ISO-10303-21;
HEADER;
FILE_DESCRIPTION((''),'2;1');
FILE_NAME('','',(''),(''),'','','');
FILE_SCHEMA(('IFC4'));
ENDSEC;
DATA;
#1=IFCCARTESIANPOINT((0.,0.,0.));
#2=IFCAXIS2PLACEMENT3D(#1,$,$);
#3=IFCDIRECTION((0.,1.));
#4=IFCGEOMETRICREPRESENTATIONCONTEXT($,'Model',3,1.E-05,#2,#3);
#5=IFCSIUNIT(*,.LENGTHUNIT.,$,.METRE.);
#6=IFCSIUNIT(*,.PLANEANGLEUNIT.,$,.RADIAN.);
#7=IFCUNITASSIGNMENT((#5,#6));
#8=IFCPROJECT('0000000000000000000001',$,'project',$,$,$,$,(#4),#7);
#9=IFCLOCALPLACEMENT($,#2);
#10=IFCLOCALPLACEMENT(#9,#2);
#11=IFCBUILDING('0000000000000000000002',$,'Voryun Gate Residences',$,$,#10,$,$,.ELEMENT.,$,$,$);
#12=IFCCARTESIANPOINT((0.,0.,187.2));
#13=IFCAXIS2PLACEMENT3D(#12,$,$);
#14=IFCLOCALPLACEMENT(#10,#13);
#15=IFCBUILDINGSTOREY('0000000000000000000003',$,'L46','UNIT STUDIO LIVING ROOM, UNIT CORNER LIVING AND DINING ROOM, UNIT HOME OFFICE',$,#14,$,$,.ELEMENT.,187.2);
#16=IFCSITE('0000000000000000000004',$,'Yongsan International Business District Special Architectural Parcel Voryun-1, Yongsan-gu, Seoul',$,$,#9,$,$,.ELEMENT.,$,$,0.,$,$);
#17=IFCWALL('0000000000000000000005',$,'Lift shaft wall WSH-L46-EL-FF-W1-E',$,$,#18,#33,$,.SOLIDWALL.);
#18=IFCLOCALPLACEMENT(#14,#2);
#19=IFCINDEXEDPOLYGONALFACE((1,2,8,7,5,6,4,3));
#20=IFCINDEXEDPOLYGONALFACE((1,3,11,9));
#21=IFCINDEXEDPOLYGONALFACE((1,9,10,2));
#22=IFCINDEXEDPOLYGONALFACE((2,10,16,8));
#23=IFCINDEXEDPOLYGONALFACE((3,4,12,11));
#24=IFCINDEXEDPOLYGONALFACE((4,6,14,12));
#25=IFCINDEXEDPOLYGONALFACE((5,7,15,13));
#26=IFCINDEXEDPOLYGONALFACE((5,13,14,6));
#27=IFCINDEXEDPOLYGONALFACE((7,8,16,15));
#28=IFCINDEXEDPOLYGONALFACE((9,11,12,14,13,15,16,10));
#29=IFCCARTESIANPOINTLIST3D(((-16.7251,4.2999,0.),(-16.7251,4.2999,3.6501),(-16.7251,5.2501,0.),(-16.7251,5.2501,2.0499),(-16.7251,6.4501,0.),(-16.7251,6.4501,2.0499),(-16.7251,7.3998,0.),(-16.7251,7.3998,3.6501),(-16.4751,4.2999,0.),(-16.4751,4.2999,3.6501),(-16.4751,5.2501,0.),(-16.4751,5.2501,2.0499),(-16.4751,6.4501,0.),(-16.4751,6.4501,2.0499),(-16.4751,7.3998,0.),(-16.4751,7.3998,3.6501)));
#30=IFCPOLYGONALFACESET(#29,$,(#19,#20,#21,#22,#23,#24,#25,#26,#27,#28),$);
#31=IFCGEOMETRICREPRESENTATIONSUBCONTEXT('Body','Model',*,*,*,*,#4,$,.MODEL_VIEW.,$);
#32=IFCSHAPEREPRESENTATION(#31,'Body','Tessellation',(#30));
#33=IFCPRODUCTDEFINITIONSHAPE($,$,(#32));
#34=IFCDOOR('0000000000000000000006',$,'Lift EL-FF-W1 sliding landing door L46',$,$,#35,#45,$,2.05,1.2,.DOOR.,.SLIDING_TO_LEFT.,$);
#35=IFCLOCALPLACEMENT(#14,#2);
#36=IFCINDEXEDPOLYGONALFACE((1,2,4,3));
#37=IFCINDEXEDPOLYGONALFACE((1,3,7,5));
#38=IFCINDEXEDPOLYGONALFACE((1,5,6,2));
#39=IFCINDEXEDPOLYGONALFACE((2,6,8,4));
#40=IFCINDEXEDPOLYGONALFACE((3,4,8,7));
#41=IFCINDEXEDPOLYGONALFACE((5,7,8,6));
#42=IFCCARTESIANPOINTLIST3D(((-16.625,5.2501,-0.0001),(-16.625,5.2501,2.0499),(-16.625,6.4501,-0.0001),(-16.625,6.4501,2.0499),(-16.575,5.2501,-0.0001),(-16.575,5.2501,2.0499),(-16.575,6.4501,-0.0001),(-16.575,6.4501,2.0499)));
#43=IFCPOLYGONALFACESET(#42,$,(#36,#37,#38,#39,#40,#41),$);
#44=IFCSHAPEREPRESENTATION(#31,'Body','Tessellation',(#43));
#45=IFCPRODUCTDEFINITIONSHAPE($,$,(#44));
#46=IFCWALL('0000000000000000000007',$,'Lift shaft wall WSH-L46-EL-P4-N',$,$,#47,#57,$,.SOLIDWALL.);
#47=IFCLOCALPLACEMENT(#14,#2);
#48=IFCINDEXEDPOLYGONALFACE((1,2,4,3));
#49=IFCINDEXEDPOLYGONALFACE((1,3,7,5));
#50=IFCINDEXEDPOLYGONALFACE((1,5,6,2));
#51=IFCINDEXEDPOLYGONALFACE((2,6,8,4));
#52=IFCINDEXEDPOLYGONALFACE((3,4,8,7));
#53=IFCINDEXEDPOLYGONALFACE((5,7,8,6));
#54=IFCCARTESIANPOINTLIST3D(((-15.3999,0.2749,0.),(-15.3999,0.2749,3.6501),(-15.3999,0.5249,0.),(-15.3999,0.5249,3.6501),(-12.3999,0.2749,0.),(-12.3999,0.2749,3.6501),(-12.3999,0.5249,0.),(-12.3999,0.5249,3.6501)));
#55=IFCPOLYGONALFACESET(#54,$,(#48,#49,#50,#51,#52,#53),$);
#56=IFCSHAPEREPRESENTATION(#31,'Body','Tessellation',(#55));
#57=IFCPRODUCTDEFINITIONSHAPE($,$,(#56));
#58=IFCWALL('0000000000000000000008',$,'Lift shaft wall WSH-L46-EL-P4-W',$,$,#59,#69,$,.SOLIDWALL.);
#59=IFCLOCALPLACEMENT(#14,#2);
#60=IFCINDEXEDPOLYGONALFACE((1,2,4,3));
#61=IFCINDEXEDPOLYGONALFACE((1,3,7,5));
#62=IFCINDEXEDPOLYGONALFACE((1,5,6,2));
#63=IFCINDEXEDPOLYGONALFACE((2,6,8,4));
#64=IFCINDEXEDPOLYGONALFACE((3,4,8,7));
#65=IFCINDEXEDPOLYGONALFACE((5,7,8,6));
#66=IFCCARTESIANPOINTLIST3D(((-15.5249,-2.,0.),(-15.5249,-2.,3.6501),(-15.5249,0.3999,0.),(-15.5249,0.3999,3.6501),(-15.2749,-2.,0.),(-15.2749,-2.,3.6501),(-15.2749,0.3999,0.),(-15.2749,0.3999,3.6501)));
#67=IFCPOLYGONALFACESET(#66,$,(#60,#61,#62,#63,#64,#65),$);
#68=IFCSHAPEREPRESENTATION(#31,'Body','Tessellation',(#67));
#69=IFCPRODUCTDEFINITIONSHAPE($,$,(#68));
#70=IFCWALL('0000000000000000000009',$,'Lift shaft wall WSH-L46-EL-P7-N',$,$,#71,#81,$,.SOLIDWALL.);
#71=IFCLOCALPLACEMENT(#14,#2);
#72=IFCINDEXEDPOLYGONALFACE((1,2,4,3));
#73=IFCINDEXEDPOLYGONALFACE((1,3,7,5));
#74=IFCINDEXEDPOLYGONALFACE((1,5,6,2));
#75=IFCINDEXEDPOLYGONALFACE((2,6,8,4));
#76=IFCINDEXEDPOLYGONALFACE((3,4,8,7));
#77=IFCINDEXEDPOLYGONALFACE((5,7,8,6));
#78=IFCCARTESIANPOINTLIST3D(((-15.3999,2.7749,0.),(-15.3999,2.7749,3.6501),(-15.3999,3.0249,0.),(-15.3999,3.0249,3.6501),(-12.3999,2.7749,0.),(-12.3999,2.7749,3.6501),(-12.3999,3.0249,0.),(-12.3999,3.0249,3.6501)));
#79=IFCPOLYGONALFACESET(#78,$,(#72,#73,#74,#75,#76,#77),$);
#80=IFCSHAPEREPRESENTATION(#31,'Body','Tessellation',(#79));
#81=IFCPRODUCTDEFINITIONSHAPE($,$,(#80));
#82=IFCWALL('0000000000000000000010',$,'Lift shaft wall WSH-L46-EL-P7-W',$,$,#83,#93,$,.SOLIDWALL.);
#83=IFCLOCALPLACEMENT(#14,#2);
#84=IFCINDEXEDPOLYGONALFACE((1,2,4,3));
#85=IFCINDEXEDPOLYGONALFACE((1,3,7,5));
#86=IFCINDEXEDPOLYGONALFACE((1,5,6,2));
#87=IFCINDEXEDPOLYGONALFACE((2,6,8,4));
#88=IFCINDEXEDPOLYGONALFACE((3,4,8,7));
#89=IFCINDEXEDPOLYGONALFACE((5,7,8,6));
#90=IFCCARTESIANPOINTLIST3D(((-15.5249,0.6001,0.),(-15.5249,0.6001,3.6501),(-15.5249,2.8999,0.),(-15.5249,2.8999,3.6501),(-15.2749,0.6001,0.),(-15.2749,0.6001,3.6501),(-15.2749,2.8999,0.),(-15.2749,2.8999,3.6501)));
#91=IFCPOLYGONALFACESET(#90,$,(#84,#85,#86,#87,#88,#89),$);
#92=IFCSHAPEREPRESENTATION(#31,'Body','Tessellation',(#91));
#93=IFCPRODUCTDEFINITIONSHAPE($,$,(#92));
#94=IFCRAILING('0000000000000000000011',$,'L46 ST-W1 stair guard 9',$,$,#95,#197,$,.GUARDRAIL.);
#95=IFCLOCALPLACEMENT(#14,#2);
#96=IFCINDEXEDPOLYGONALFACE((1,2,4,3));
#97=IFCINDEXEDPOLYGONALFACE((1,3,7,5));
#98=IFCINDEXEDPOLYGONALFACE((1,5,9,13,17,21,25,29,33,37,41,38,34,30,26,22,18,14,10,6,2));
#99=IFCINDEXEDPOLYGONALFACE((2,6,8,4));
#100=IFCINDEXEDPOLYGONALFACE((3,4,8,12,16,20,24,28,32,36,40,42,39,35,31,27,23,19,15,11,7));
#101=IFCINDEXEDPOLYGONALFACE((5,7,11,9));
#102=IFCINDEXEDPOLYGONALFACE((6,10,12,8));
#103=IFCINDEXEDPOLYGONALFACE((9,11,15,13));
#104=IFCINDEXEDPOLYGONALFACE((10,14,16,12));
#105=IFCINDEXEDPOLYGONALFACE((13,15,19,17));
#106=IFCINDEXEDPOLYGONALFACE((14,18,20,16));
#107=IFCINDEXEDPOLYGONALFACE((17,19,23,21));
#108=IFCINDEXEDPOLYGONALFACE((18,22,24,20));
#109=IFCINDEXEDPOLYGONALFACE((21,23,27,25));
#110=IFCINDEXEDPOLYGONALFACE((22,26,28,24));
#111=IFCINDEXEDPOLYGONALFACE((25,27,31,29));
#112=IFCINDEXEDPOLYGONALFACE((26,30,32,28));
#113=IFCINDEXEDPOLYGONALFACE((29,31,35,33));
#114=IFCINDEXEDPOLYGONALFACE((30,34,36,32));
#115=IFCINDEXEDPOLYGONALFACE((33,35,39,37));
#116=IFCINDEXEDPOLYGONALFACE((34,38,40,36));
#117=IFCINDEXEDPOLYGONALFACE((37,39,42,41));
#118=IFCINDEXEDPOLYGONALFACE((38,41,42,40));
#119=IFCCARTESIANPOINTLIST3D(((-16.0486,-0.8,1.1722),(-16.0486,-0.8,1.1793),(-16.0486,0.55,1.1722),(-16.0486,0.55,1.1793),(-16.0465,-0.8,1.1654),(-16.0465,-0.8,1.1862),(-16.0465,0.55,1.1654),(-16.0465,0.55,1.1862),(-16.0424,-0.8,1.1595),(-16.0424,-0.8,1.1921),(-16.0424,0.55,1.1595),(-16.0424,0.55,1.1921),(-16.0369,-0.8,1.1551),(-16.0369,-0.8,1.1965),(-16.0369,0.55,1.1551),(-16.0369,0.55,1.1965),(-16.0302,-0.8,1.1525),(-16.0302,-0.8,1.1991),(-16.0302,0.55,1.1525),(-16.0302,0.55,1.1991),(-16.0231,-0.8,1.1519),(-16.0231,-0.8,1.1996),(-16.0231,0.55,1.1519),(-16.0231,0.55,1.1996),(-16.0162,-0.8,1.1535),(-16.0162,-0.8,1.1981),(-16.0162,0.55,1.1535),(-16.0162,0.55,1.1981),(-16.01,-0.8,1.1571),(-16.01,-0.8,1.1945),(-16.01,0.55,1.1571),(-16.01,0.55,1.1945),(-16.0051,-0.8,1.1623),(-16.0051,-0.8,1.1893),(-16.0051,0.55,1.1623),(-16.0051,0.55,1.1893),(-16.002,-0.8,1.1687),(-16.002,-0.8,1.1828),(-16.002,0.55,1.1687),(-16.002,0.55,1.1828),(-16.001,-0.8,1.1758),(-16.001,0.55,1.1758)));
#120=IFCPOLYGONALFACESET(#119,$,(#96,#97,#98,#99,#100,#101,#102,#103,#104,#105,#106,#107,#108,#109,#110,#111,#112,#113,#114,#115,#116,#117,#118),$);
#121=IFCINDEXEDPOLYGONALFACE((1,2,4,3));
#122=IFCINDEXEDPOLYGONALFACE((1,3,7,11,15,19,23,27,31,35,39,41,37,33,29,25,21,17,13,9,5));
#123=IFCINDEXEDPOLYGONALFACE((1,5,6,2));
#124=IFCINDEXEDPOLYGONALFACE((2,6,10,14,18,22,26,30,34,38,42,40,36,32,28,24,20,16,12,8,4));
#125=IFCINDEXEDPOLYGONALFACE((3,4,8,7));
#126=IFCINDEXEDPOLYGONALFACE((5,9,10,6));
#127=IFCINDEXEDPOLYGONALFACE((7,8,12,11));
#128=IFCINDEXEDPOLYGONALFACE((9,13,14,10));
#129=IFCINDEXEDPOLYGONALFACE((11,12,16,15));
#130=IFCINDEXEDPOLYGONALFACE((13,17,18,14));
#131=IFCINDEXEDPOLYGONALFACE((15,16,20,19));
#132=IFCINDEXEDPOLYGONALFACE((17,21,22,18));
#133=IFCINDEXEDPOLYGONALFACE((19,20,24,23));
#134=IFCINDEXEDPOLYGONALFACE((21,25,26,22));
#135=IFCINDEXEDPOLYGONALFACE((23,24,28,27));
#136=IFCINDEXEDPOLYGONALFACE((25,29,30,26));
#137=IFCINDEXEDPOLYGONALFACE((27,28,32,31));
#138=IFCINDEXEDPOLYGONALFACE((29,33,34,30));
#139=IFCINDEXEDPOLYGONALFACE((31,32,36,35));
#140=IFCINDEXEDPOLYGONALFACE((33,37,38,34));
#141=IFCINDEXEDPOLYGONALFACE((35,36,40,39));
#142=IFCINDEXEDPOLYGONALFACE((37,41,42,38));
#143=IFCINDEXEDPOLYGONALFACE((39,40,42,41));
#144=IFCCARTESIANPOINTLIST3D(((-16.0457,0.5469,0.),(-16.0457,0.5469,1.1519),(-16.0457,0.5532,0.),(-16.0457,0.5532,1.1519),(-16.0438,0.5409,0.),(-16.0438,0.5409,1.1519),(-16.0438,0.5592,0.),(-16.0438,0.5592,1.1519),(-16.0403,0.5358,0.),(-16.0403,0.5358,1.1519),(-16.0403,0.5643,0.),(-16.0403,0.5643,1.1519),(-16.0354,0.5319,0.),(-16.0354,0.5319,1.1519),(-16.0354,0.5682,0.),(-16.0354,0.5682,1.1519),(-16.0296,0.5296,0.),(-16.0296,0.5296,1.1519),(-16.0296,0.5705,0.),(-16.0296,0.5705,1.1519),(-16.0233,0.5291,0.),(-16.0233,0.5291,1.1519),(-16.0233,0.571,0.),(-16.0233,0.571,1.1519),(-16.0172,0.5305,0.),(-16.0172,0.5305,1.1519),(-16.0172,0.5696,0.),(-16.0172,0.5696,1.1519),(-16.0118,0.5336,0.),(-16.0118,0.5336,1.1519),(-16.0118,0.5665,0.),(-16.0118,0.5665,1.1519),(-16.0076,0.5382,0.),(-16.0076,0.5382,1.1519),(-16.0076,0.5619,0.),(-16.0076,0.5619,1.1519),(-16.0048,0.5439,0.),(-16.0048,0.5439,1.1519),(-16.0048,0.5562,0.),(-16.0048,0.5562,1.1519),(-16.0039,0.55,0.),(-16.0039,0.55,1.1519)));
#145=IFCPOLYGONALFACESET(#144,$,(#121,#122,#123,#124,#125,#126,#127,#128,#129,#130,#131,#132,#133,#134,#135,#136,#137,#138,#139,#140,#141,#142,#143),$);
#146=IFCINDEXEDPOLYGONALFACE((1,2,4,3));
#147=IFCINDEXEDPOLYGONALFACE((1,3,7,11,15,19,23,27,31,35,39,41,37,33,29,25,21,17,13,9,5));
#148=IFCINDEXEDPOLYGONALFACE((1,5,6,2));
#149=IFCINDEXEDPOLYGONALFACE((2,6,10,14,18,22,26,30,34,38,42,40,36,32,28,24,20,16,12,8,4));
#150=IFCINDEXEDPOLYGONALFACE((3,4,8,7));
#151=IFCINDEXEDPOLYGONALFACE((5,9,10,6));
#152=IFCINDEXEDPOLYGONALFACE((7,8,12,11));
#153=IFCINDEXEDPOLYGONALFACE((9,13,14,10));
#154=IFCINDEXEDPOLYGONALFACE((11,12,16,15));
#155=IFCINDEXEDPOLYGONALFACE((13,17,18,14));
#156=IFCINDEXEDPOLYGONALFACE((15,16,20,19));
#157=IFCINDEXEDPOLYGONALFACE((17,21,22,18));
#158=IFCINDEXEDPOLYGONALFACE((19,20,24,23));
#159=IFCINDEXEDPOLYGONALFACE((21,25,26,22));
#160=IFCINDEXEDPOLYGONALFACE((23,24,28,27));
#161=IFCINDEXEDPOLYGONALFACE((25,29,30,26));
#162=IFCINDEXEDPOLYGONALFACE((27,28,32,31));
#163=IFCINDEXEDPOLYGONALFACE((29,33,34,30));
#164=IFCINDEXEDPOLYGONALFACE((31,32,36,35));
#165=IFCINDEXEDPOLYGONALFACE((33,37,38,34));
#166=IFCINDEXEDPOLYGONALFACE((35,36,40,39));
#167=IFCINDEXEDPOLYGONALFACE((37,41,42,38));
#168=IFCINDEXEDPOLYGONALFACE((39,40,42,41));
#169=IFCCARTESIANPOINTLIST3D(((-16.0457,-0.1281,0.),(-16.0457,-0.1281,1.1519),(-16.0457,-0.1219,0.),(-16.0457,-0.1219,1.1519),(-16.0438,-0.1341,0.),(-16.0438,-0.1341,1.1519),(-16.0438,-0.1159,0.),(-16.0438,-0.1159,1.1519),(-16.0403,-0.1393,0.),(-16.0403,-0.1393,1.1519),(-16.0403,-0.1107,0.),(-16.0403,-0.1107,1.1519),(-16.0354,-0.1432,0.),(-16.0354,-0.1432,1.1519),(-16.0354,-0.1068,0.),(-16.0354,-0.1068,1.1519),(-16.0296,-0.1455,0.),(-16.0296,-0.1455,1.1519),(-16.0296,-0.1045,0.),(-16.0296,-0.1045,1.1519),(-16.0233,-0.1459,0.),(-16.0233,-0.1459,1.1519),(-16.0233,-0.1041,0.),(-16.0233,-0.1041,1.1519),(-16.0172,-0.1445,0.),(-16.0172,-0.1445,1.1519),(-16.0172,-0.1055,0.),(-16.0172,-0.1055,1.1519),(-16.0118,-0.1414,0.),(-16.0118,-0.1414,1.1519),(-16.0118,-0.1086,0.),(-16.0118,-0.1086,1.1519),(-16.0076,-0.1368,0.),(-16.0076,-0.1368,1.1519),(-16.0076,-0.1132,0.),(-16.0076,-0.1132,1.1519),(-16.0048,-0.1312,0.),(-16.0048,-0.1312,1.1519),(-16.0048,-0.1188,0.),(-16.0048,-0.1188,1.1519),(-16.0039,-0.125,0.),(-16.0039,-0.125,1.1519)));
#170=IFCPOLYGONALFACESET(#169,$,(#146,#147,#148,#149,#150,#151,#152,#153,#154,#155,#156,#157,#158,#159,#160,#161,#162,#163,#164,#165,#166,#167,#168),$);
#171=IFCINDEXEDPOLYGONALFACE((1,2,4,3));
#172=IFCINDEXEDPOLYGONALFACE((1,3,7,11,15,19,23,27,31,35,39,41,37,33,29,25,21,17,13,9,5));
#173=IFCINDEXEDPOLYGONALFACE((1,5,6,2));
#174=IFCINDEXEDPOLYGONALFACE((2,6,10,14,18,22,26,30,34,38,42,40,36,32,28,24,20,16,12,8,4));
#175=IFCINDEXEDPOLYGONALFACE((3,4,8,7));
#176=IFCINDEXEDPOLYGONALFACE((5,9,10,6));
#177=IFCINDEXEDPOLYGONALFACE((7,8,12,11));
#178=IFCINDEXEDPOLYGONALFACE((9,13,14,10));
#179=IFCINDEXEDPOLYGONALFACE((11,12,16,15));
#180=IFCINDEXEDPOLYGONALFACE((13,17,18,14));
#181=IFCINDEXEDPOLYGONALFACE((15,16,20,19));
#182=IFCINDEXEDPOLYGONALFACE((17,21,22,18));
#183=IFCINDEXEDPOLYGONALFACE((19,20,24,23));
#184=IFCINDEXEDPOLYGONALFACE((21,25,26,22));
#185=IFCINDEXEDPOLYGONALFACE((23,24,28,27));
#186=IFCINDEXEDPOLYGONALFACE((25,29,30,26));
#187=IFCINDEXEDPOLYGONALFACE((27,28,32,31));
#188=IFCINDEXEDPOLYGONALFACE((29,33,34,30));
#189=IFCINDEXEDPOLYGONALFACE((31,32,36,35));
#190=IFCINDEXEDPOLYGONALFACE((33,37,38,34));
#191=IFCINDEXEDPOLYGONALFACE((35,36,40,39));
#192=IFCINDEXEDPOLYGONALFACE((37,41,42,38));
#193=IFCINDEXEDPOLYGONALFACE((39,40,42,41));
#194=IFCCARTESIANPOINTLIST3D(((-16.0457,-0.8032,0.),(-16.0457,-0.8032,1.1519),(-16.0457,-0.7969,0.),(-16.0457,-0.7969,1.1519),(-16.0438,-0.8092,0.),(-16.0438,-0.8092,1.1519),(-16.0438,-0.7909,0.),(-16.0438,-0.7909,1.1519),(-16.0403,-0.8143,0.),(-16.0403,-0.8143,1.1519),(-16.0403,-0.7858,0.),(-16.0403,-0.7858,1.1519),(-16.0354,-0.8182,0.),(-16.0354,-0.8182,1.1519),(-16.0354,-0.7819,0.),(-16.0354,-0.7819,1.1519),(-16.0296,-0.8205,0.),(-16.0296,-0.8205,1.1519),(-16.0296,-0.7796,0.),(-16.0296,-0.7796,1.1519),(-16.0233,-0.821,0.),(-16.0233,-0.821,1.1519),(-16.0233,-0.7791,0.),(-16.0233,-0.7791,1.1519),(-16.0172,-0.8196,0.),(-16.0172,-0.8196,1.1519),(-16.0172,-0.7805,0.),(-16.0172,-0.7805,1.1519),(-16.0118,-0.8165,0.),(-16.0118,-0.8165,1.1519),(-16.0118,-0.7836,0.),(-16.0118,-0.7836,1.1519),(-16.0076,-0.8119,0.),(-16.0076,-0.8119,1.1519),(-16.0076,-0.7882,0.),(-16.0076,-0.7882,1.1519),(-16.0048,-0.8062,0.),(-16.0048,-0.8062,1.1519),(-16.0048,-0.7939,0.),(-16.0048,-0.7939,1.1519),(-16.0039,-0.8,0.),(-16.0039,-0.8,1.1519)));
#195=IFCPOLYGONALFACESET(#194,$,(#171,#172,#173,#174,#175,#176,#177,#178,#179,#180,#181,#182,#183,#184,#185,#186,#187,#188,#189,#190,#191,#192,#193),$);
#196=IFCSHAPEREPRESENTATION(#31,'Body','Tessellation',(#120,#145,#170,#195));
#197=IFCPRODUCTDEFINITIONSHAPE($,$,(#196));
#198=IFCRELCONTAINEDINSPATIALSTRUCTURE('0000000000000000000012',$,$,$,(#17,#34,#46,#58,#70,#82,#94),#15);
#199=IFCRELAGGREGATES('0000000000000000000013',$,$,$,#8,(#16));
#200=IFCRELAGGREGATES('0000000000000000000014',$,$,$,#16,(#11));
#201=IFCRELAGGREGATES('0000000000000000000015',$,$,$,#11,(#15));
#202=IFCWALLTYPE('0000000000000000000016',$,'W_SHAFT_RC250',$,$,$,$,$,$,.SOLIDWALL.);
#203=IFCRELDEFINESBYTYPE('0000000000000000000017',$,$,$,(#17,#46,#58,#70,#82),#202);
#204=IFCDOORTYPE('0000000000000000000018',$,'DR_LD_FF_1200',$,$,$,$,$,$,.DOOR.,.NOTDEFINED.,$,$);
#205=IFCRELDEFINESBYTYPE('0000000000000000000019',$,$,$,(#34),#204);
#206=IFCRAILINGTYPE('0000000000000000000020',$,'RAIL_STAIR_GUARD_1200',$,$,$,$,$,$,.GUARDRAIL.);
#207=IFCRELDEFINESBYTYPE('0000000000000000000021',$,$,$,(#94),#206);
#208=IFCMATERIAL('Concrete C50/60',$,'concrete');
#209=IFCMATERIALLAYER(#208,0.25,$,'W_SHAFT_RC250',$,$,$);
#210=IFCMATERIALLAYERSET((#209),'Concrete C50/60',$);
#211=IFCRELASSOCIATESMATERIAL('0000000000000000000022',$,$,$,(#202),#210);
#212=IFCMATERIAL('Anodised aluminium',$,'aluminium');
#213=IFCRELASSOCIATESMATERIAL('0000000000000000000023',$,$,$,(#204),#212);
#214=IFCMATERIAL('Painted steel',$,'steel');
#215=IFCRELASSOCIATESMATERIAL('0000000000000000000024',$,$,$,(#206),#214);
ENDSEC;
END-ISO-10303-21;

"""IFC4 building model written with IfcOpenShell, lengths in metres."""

from ifc_helpers import new_model, si_unit, direction, frame, frame_2d, origin, origin_2d, place, context, subcontext, project, spatial, rectangle, circle, extrude, material, layer, layer_set, type_object, element, fill, save


model = new_model("IFC4")

# Units and contexts
model_context = context("Model", 3, precision=1e-05, world=origin(), true_north=direction((0.0, 1.0)))
body_context = subcontext(model_context, "Body", "Model", "MODEL_VIEW")
ifc_project = project(units=[si_unit("LENGTHUNIT", "METRE"), si_unit("PLANEANGLEUNIT", "RADIAN")], contexts=[model_context])

# Site, building, storey
site_placement = place(None, origin())
site = spatial("IfcSite", under=ifc_project, at=site_placement, Name="Yongsan International Business District Special Architectural Parcel Voryun-1, Yongsan-gu, Seoul", CompositionType="ELEMENT", RefElevation=0.0)
building_placement = place(site_placement, origin())
building = spatial("IfcBuilding", under=site, at=building_placement, Name="Voryun Gate Residences", CompositionType="ELEMENT")
storey_placement = place(building_placement, frame((0.0, 0.0, 187.2)))
storey = spatial("IfcBuildingStorey", under=building, at=storey_placement, Name="L46", Description="UNIT STUDIO LIVING ROOM, UNIT CORNER LIVING AND DINING ROOM, UNIT HOME OFFICE", CompositionType="ELEMENT", Elevation=187.2)

# Wall, opening, door
ifc_material_1 = material(Name="Concrete C50/60", Category="concrete")
ifc_layer_1 = layer(ifc_material_1, 0.25, Name="W_SHAFT_RC250")
ifc_layer_set_1 = layer_set([ifc_layer_1], Name="Concrete C50/60")
wall_type_1 = type_object("IfcWallType", Name="W_SHAFT_RC250", PredefinedType="SOLIDWALL", material=ifc_layer_set_1)
wall_1_placement = place(storey_placement, frame((-16.6001, 4.3, 0.0), z_axis=(0.0, 0.0, 1.0), x_axis=(0.0, 1.0, 0.0)))
wall_1 = element("IfcWall", 1, at=wall_1_placement, inside=storey, type_object=wall_type_1, Name="Lift shaft wall WSH-L46-EL-FF-W1-E", PredefinedType="SOLIDWALL", context=body_context, shape_type="SweptSolid", body=[
    extrude(rectangle(XDim=3.0999, YDim=0.25, at=frame_2d((1.5498, 0.0))), origin(), (0.0, 0.0, 1.0), 3.6501),
])
opening_1_placement = place(wall_1_placement, frame((0.95, 0.0, 0.0)))
opening_1 = element("IfcOpeningElement", 2, at=opening_1_placement, cuts=wall_1, PredefinedType="OPENING", context=body_context, shape_type="SweptSolid", body=[
    extrude(rectangle(XDim=1.2, YDim=2.05, at=frame_2d((0.6001, 1.0249))), frame((0.0, 0.135, 0.0), z_axis=(0.0, -1.0, 0.0), x_axis=(1.0, 0.0, 0.0)), (0.0, 0.0, 1.0), 0.27),
])
ifc_material_2 = material(Name="Anodised aluminium", Category="aluminium")
door_type_1 = type_object("IfcDoorType", Name="DR_LD_FF_1200", OperationType="NOTDEFINED", PredefinedType="DOOR", material=ifc_material_2)
door_1_placement = place(opening_1_placement, origin())
door_1 = element("IfcDoor", 3, at=door_1_placement, inside=storey, type_object=door_type_1, Name="Lift EL-FF-W1 sliding landing door L46", OperationType="SLIDING_TO_LEFT", OverallHeight=2.05, OverallWidth=1.2, PredefinedType="DOOR", context=body_context, shape_type="SweptSolid", body=[
    extrude(rectangle(XDim=1.2, YDim=2.05, at=frame_2d((0.6001, 1.0249))), frame((0.0, 0.0249, 0.0), z_axis=(0.0, -1.0, 0.0), x_axis=(1.0, 0.0, 0.0)), (0.0, 0.0, 1.0), 0.05),
])
fill(opening_1, door_1)

# Walls
wall_2_placement = place(storey_placement, frame((-12.3999, 0.3999, 0.0), z_axis=(0.0, 0.0, 1.0), x_axis=(-1.0, 0.0, 0.0)))
element("IfcWall", 4, at=wall_2_placement, inside=storey, type_object=wall_type_1, Name="Lift shaft wall WSH-L46-EL-P4-N", PredefinedType="SOLIDWALL", context=body_context, shape_type="SweptSolid", body=[
    extrude(rectangle(XDim=3.0, YDim=0.25, at=frame_2d((1.5, 0.0))), origin(), (0.0, 0.0, 1.0), 3.6501),
])
wall_3_placement = place(storey_placement, frame((-15.3999, 0.3999, 0.0), z_axis=(0.0, 0.0, 1.0), x_axis=(0.0, -1.0, 0.0)))
element("IfcWall", 5, at=wall_3_placement, inside=storey, type_object=wall_type_1, Name="Lift shaft wall WSH-L46-EL-P4-W", PredefinedType="SOLIDWALL", context=body_context, shape_type="SweptSolid", body=[
    extrude(rectangle(XDim=2.3999, YDim=0.25, at=frame_2d((1.2, 0.0))), origin(), (0.0, 0.0, 1.0), 3.6501),
])
wall_4_placement = place(storey_placement, frame((-12.3999, 2.8999, 0.0), z_axis=(0.0, 0.0, 1.0), x_axis=(-1.0, 0.0, 0.0)))
element("IfcWall", 6, at=wall_4_placement, inside=storey, type_object=wall_type_1, Name="Lift shaft wall WSH-L46-EL-P7-N", PredefinedType="SOLIDWALL", context=body_context, shape_type="SweptSolid", body=[
    extrude(rectangle(XDim=3.0, YDim=0.25, at=frame_2d((1.5, 0.0))), origin(), (0.0, 0.0, 1.0), 3.6501),
])
wall_5_placement = place(storey_placement, frame((-15.3999, 2.8999, 0.0), z_axis=(0.0, 0.0, 1.0), x_axis=(0.0, -1.0, 0.0)))
element("IfcWall", 7, at=wall_5_placement, inside=storey, type_object=wall_type_1, Name="Lift shaft wall WSH-L46-EL-P7-W", PredefinedType="SOLIDWALL", context=body_context, shape_type="SweptSolid", body=[
    extrude(rectangle(XDim=2.2998, YDim=0.25, at=frame_2d((1.1499, 0.0))), origin(), (0.0, 0.0, 1.0), 3.6501),
])

# Railing
ifc_material_3 = material(Name="Painted steel", Category="steel")
railing_type = type_object("IfcRailingType", Name="RAIL_STAIR_GUARD_1200", PredefinedType="GUARDRAIL", material=ifc_material_3)
railing_1_placement = place(storey_placement, frame((-16.0249, 0.55, 0.0)))
element("IfcRailing", 8, at=railing_1_placement, inside=storey, type_object=railing_type, Name="L46 ST-W1 stair guard 9", PredefinedType="GUARDRAIL", context=body_context, shape_type="SweptSolid", body=[
    extrude(circle(Radius=0.0239, at=origin_2d()), frame((0.0, 0.0, 1.1758), z_axis=(0.0, -1.0, 0.0), x_axis=(1.0, 0.0, 0.0)), (0.0, 0.0, 1.0), 1.3501),
    extrude(circle(Radius=0.021, at=origin_2d()), origin(), (0.0, 0.0, 1.0), 1.1519),
    extrude(circle(Radius=0.021, at=origin_2d()), frame((0.0, -0.675, 0.0)), (0.0, 0.0, 1.0), 1.1519),
    extrude(circle(Radius=0.021, at=origin_2d()), frame((0.0, -1.3501, 0.0)), (0.0, 0.0, 1.0), 1.1519),
])

save(model, "model.ifc")
